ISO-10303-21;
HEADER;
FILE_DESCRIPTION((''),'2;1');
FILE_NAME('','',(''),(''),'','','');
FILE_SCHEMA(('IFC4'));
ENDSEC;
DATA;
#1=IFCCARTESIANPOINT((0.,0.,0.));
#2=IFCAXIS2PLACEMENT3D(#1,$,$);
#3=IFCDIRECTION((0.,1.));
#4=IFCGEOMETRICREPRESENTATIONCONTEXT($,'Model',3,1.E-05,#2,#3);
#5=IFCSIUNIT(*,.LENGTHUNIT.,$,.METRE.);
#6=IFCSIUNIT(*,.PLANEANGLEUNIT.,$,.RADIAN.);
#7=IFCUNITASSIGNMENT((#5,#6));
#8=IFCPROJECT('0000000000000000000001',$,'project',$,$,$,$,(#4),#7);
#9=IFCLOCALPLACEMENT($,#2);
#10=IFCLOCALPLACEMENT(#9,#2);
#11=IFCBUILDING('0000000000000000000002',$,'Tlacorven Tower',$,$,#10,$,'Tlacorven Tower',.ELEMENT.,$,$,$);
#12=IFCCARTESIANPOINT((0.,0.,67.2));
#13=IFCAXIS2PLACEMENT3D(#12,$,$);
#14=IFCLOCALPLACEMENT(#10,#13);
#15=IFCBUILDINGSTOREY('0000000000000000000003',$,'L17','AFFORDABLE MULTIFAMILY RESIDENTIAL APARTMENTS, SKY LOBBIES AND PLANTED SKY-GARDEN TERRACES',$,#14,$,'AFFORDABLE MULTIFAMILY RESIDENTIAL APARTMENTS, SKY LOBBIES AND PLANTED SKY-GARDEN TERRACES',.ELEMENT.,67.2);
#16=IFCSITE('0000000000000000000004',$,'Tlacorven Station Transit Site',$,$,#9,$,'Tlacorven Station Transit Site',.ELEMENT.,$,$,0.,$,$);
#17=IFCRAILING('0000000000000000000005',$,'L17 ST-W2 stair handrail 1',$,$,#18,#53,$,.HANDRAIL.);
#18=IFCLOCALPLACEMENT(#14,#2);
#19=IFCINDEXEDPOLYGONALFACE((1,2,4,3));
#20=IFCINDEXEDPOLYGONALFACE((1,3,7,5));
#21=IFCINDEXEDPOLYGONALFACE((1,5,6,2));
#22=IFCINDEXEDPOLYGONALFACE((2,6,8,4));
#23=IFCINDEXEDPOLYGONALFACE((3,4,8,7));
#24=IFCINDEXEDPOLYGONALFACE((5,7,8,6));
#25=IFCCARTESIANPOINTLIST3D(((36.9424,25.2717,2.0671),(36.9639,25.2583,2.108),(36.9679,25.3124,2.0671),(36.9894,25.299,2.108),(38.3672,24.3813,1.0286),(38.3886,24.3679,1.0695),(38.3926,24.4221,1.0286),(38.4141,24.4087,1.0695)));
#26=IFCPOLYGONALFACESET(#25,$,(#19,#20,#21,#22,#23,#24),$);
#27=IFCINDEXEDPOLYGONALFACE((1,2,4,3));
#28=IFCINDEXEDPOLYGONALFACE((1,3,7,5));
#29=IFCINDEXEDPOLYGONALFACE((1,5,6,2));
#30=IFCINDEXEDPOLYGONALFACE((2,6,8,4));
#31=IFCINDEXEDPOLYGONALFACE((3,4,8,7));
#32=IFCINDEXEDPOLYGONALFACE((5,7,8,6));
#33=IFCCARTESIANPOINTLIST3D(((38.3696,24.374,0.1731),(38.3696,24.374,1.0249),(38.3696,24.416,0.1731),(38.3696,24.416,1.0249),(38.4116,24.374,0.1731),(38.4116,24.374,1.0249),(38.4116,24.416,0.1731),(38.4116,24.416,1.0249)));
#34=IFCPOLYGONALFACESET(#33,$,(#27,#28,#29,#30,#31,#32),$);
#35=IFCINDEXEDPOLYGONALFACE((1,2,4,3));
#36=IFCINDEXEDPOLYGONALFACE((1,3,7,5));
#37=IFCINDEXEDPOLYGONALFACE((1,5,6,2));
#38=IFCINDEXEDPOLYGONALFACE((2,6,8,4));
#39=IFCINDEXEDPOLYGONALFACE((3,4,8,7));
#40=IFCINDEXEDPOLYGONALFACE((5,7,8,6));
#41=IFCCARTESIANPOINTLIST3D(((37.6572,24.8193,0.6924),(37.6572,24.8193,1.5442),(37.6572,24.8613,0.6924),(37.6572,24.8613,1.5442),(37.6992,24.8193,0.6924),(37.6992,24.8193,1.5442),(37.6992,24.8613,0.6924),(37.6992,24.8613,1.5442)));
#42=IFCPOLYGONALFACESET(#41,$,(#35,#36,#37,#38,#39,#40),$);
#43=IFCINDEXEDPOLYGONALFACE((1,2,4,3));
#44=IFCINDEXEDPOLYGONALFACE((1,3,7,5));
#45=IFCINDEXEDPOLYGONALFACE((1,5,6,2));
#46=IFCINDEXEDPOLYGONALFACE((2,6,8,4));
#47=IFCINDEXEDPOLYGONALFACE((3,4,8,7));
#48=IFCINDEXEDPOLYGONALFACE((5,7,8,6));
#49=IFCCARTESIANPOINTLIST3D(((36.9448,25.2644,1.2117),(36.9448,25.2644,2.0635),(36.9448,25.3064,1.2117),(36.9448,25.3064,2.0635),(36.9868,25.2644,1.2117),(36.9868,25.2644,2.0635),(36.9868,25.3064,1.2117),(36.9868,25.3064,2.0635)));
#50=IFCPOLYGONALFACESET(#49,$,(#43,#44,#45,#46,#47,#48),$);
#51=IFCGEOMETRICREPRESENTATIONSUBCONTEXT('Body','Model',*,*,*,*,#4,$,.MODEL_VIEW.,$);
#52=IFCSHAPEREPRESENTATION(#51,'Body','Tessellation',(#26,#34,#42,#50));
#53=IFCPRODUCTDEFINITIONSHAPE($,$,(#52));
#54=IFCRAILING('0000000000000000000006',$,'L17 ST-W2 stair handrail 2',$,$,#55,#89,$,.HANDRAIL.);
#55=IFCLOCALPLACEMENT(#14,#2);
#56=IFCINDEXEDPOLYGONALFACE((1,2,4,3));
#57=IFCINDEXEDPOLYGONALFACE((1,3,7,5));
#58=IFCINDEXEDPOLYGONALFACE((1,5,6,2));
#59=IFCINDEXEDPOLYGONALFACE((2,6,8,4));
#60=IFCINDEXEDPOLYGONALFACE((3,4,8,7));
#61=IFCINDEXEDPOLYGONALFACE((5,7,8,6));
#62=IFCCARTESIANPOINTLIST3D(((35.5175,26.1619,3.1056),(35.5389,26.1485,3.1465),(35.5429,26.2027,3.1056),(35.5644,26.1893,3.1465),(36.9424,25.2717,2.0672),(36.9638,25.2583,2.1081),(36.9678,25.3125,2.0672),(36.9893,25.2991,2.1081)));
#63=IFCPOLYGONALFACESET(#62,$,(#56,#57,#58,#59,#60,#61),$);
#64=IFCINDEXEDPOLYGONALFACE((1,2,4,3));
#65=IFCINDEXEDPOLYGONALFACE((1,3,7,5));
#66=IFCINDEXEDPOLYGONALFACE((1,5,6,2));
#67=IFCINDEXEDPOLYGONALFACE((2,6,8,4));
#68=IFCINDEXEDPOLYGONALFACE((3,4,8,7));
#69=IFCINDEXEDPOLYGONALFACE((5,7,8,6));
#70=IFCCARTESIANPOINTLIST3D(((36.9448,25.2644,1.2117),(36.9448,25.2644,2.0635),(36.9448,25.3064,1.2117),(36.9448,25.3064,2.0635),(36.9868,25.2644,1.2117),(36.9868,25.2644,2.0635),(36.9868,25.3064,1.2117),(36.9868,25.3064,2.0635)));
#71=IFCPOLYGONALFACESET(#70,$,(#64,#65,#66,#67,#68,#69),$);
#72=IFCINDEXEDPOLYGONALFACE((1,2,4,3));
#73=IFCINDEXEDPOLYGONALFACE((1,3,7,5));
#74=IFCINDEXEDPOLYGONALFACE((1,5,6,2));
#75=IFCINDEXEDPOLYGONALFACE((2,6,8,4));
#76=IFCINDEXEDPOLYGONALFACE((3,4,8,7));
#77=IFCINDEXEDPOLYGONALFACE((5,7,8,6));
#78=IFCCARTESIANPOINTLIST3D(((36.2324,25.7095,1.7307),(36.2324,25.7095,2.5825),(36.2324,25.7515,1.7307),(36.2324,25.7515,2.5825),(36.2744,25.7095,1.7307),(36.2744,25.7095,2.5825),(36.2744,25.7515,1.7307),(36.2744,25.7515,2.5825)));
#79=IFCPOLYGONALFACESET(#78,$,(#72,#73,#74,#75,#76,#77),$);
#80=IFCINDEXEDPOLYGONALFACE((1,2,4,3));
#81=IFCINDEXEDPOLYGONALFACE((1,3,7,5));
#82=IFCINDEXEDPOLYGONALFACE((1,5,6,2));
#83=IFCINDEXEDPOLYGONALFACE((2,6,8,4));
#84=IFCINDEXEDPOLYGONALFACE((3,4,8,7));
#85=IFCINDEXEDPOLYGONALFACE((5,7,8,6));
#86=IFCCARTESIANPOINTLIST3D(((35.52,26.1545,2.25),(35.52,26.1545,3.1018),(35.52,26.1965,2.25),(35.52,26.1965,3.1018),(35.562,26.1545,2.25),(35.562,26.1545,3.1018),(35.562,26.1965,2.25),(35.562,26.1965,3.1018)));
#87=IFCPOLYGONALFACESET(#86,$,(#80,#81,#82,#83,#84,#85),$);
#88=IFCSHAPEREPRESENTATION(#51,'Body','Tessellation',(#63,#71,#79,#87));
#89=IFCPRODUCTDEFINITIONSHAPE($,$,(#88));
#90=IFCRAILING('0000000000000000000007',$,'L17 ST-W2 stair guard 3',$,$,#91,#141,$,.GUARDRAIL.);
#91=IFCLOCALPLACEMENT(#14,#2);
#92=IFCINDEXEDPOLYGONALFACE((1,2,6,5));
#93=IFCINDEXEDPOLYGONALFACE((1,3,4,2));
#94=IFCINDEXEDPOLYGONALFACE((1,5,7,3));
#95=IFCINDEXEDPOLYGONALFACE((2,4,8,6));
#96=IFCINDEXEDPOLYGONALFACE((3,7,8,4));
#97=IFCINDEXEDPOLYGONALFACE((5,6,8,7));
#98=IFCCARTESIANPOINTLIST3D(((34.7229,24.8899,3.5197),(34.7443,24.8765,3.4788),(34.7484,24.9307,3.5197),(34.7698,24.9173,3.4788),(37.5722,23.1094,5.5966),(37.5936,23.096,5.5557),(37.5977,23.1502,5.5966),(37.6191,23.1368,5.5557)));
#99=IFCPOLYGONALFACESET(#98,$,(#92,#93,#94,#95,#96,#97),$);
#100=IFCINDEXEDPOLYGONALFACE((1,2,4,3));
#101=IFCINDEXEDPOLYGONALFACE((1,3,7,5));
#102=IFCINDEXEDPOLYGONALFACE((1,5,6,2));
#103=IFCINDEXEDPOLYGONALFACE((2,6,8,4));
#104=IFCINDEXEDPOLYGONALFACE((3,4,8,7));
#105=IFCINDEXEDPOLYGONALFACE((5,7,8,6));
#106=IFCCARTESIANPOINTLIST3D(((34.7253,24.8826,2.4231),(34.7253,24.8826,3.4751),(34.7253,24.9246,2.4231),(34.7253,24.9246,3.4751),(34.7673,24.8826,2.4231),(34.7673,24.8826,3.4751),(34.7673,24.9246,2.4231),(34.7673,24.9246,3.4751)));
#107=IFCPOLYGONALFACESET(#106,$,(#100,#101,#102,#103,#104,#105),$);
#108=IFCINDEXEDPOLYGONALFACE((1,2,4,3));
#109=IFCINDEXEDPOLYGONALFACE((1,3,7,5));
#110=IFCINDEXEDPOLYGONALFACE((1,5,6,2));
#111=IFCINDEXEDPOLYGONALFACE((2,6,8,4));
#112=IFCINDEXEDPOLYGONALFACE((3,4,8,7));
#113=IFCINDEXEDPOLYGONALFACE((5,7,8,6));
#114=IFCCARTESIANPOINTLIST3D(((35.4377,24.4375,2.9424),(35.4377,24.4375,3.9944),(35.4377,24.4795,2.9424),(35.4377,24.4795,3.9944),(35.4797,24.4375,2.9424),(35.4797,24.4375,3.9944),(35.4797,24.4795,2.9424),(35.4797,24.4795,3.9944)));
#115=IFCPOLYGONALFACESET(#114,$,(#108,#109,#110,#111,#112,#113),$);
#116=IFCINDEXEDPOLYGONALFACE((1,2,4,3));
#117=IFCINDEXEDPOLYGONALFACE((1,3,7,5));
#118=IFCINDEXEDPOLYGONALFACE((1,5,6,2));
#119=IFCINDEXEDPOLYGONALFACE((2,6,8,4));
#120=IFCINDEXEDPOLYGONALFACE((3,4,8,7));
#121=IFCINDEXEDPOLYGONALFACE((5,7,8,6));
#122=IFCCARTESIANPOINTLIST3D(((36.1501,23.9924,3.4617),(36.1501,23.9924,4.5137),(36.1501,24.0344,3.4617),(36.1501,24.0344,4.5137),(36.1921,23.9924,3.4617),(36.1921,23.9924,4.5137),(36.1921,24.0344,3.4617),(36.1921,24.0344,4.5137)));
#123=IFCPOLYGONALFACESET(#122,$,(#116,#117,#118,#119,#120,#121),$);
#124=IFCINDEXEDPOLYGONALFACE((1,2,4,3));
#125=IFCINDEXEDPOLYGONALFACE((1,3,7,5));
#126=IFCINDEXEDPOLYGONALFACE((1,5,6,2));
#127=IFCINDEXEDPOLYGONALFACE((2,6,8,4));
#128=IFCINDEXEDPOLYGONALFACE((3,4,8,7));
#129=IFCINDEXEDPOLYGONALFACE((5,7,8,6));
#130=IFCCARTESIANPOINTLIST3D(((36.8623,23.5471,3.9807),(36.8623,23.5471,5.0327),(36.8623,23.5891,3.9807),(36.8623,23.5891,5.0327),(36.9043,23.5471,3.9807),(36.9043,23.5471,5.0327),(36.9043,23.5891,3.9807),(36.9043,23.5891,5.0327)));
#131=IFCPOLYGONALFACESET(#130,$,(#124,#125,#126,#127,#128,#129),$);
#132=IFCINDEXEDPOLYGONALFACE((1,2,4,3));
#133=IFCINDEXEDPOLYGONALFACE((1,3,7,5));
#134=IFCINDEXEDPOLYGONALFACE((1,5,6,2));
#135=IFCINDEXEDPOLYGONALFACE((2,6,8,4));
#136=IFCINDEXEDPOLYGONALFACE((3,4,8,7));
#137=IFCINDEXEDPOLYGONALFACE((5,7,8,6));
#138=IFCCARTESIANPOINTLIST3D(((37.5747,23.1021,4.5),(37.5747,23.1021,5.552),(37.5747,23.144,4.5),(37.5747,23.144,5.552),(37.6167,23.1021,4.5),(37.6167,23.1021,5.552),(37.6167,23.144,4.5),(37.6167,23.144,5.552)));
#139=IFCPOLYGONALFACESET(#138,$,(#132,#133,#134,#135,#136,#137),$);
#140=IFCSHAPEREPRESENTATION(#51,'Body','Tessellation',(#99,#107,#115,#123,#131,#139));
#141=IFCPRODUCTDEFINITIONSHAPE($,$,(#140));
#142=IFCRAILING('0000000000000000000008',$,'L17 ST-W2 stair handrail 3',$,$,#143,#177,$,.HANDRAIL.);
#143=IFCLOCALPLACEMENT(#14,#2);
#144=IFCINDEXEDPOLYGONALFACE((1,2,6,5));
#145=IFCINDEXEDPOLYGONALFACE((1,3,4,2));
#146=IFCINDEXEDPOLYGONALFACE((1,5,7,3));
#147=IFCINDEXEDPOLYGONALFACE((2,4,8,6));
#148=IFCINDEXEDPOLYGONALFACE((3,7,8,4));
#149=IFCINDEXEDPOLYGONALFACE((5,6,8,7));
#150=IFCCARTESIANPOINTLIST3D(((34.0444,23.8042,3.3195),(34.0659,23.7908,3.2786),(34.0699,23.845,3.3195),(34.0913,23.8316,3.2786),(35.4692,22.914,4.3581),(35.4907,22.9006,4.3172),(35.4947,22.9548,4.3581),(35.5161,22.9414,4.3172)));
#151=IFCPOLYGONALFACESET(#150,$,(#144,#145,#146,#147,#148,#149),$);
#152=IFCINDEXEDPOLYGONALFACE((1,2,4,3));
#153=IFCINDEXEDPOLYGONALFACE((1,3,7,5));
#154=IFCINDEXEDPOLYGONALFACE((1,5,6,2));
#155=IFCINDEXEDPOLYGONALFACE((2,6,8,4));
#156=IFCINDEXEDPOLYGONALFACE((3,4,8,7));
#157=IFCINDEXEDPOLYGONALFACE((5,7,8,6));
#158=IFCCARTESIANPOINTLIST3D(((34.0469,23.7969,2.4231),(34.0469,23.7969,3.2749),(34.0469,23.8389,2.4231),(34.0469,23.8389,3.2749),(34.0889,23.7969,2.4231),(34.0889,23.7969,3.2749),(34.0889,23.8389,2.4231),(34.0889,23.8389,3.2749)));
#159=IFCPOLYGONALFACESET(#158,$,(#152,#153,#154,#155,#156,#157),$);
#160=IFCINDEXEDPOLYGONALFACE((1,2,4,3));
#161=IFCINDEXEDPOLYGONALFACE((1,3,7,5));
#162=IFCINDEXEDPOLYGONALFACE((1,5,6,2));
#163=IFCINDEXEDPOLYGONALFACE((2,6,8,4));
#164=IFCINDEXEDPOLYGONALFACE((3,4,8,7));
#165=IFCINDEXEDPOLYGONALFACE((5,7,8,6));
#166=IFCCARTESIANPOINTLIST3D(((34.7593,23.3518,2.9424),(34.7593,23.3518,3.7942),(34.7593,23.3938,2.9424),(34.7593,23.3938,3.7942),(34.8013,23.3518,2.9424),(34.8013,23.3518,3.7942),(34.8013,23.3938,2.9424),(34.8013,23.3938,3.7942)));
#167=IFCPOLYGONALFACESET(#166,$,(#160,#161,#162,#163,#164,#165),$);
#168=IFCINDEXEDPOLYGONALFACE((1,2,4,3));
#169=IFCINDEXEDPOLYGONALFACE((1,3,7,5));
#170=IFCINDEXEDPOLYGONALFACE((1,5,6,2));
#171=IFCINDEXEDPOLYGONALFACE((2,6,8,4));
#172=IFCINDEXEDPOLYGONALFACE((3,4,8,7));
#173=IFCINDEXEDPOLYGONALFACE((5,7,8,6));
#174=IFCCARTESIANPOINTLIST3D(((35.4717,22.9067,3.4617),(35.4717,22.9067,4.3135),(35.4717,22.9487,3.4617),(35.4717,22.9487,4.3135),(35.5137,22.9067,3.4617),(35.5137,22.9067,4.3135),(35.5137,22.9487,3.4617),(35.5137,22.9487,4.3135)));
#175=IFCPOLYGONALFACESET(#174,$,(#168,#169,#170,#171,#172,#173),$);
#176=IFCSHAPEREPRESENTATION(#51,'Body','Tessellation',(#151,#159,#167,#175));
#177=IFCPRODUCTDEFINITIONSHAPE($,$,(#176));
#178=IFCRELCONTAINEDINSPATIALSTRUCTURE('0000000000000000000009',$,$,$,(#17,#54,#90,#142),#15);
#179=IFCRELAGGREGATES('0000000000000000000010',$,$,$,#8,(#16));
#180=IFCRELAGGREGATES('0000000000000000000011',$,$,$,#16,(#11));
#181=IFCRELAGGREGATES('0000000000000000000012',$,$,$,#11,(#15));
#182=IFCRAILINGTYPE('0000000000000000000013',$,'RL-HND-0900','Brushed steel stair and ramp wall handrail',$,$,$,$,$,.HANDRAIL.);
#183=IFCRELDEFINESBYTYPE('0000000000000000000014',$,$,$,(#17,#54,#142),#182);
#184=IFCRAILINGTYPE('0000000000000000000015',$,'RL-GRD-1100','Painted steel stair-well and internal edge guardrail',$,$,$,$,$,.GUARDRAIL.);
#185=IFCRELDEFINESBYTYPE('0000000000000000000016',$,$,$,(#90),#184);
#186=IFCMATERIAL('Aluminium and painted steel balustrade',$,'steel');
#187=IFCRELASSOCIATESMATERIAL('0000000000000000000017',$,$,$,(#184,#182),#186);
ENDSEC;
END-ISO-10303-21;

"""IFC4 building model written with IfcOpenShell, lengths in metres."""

from ifc_helpers import new_model, si_unit, direction, frame, origin, origin_2d, place, context, subcontext, project, spatial, rectangle, extrude, source, transform, mapped, material, type_object, element, save


model = new_model("IFC4")

# Units and contexts
model_context = context("Model", 3, precision=1e-05, world=origin(), true_north=direction((0.0, 1.0)))
body_context = subcontext(model_context, "Body", "Model", "MODEL_VIEW")
ifc_project = project(units=[si_unit("LENGTHUNIT", "METRE"), si_unit("PLANEANGLEUNIT", "RADIAN")], contexts=[model_context])

# Site, building, storey
site_placement = place(None, origin())
site = spatial("IfcSite", under=ifc_project, at=site_placement, Name="Tlacorven Station Transit Site", LongName="Tlacorven Station Transit Site", CompositionType="ELEMENT", RefElevation=0.0)
building_placement = place(site_placement, origin())
building = spatial("IfcBuilding", under=site, at=building_placement, Name="Tlacorven Tower", LongName="Tlacorven Tower", CompositionType="ELEMENT")
storey_placement = place(building_placement, frame((0.0, 0.0, 67.2)))
storey = spatial("IfcBuildingStorey", under=building, at=storey_placement, Name="L17", Description="AFFORDABLE MULTIFAMILY RESIDENTIAL APARTMENTS, SKY LOBBIES AND PLANTED SKY-GARDEN TERRACES", LongName="AFFORDABLE MULTIFAMILY RESIDENTIAL APARTMENTS, SKY LOBBIES AND PLANTED SKY-GARDEN TERRACES", CompositionType="ELEMENT", Elevation=67.2)

# Railings
ifc_material_1 = material(Name="Aluminium and painted steel balustrade", Category="steel")
railing_type_1 = type_object("IfcRailingType", Name="RL-GRD-1100", Description="Painted steel stair-well and internal edge guardrail", PredefinedType="GUARDRAIL", material=ifc_material_1)
railing_type_2 = type_object("IfcRailingType", Name="RL-HND-0900", Description="Brushed steel stair and ramp wall handrail", PredefinedType="HANDRAIL", material=ifc_material_1)
shared_shape_1 = source(origin(), body_context, "Body", "SweptSolid", [
    extrude(rectangle(XDim=0.0481, YDim=0.0481, at=origin_2d()), frame((0.0, 0.0, 0.876), z_axis=(-0.721341, 0.450776, 0.525803), x_axis=(-0.529947, -0.848031, 0.0)), (0.0, 0.0, 1.0), 1.9751),
    extrude(rectangle(XDim=0.042, YDim=0.042, at=origin_2d()), origin(), (0.0, 0.0, 1.0), 0.8518),
    extrude(rectangle(XDim=0.042, YDim=0.042, at=origin_2d()), frame((-0.7124, 0.4453, 0.5193)), (0.0, 0.0, 1.0), 0.8518),
    extrude(rectangle(XDim=0.042, YDim=0.042, at=origin_2d()), frame((-1.4248, 0.8904, 1.0386)), (0.0, 0.0, 1.0), 0.8518),
])
railing_1_placement = place(storey_placement, frame((38.3906, 24.395, 0.1731)))
element("IfcRailing", 1, at=railing_1_placement, inside=storey, type_object=railing_type_2, Name="L17 ST-W2 stair handrail 1", PredefinedType="HANDRAIL", context=body_context, shape_type="MappedRepresentation", body=[
    mapped(shared_shape_1, transform((0.0, 0.0, 0.0), scale=1.0)),
])
shared_shape_2 = source(origin(), body_context, "Body", "SweptSolid", [
    extrude(rectangle(XDim=0.0481, YDim=0.0481, at=origin_2d()), frame((0.0, 0.0, 0.876), z_axis=(-0.721428, 0.450707, 0.525742), x_axis=(-0.529842, -0.848096, 0.0)), (0.0, 0.0, 1.0), 1.9751),
    extrude(rectangle(XDim=0.042, YDim=0.042, at=origin_2d()), origin(), (0.0, 0.0, 1.0), 0.8518),
    extrude(rectangle(XDim=0.042, YDim=0.042, at=origin_2d()), frame((-0.7124, 0.4451, 0.519)), (0.0, 0.0, 1.0), 0.8518),
    extrude(rectangle(XDim=0.042, YDim=0.042, at=origin_2d()), frame((-1.4248, 0.8901, 1.0383)), (0.0, 0.0, 1.0), 0.8518),
])
railing_2_placement = place(storey_placement, frame((36.9658, 25.2854, 1.2117)))
element("IfcRailing", 2, at=railing_2_placement, inside=storey, type_object=railing_type_2, Name="L17 ST-W2 stair handrail 2", PredefinedType="HANDRAIL", context=body_context, shape_type="MappedRepresentation", body=[
    mapped(shared_shape_2, transform((0.0, 0.0, 0.0), scale=1.0)),
])
shared_shape_3 = source(origin(), body_context, "Body", "SweptSolid", [
    extrude(rectangle(XDim=0.0481, YDim=0.0481, at=origin_2d()), frame((0.0, 0.0, 1.0762), z_axis=(0.721355, -0.450762, 0.525796), x_axis=(0.529927, 0.848043, 0.0)), (0.0, 0.0, 1.0), 3.95),
    extrude(rectangle(XDim=0.042, YDim=0.042, at=origin_2d()), origin(), (0.0, 0.0, 1.0), 1.052),
    extrude(rectangle(XDim=0.042, YDim=0.042, at=origin_2d()), frame((0.7124, -0.4451, 0.5193)), (0.0, 0.0, 1.0), 1.052),
    extrude(rectangle(XDim=0.042, YDim=0.042, at=origin_2d()), frame((1.4248, -0.8901, 1.0386)), (0.0, 0.0, 1.0), 1.052),
    extrude(rectangle(XDim=0.042, YDim=0.042, at=origin_2d()), frame((2.137, -1.3354, 1.5576)), (0.0, 0.0, 1.0), 1.052),
    extrude(rectangle(XDim=0.042, YDim=0.042, at=origin_2d()), frame((2.8494, -1.7805, 2.0769)), (0.0, 0.0, 1.0), 1.052),
])
railing_3_placement = place(storey_placement, frame((34.7463, 24.9036, 2.4231)))
element("IfcRailing", 3, at=railing_3_placement, inside=storey, type_object=railing_type_1, Name="L17 ST-W2 stair guard 3", PredefinedType="GUARDRAIL", context=body_context, shape_type="MappedRepresentation", body=[
    mapped(shared_shape_3, transform((0.0, 0.0, 0.0), scale=1.0)),
])
shared_shape_4 = source(origin(), body_context, "Body", "SweptSolid", [
    extrude(rectangle(XDim=0.0481, YDim=0.0481, at=origin_2d()), frame((0.0, 0.0, 0.876), z_axis=(0.721381, -0.450678, 0.525832), x_axis=(0.529842, 0.848096, 0.0)), (0.0, 0.0, 1.0), 1.9751),
    extrude(rectangle(XDim=0.042, YDim=0.042, at=origin_2d()), origin(), (0.0, 0.0, 1.0), 0.8518),
    extrude(rectangle(XDim=0.042, YDim=0.042, at=origin_2d()), frame((0.7124, -0.4451, 0.5193)), (0.0, 0.0, 1.0), 0.8518),
    extrude(rectangle(XDim=0.042, YDim=0.042, at=origin_2d()), frame((1.4248, -0.8901, 1.0386)), (0.0, 0.0, 1.0), 0.8518),
])
railing_4_placement = place(storey_placement, frame((34.0679, 23.8179, 2.4231)))
element("IfcRailing", 4, at=railing_4_placement, inside=storey, type_object=railing_type_2, Name="L17 ST-W2 stair handrail 3", PredefinedType="HANDRAIL", context=body_context, shape_type="MappedRepresentation", body=[
    mapped(shared_shape_4, transform((0.0, 0.0, 0.0), scale=1.0)),
])

save(model, "model.ifc")
